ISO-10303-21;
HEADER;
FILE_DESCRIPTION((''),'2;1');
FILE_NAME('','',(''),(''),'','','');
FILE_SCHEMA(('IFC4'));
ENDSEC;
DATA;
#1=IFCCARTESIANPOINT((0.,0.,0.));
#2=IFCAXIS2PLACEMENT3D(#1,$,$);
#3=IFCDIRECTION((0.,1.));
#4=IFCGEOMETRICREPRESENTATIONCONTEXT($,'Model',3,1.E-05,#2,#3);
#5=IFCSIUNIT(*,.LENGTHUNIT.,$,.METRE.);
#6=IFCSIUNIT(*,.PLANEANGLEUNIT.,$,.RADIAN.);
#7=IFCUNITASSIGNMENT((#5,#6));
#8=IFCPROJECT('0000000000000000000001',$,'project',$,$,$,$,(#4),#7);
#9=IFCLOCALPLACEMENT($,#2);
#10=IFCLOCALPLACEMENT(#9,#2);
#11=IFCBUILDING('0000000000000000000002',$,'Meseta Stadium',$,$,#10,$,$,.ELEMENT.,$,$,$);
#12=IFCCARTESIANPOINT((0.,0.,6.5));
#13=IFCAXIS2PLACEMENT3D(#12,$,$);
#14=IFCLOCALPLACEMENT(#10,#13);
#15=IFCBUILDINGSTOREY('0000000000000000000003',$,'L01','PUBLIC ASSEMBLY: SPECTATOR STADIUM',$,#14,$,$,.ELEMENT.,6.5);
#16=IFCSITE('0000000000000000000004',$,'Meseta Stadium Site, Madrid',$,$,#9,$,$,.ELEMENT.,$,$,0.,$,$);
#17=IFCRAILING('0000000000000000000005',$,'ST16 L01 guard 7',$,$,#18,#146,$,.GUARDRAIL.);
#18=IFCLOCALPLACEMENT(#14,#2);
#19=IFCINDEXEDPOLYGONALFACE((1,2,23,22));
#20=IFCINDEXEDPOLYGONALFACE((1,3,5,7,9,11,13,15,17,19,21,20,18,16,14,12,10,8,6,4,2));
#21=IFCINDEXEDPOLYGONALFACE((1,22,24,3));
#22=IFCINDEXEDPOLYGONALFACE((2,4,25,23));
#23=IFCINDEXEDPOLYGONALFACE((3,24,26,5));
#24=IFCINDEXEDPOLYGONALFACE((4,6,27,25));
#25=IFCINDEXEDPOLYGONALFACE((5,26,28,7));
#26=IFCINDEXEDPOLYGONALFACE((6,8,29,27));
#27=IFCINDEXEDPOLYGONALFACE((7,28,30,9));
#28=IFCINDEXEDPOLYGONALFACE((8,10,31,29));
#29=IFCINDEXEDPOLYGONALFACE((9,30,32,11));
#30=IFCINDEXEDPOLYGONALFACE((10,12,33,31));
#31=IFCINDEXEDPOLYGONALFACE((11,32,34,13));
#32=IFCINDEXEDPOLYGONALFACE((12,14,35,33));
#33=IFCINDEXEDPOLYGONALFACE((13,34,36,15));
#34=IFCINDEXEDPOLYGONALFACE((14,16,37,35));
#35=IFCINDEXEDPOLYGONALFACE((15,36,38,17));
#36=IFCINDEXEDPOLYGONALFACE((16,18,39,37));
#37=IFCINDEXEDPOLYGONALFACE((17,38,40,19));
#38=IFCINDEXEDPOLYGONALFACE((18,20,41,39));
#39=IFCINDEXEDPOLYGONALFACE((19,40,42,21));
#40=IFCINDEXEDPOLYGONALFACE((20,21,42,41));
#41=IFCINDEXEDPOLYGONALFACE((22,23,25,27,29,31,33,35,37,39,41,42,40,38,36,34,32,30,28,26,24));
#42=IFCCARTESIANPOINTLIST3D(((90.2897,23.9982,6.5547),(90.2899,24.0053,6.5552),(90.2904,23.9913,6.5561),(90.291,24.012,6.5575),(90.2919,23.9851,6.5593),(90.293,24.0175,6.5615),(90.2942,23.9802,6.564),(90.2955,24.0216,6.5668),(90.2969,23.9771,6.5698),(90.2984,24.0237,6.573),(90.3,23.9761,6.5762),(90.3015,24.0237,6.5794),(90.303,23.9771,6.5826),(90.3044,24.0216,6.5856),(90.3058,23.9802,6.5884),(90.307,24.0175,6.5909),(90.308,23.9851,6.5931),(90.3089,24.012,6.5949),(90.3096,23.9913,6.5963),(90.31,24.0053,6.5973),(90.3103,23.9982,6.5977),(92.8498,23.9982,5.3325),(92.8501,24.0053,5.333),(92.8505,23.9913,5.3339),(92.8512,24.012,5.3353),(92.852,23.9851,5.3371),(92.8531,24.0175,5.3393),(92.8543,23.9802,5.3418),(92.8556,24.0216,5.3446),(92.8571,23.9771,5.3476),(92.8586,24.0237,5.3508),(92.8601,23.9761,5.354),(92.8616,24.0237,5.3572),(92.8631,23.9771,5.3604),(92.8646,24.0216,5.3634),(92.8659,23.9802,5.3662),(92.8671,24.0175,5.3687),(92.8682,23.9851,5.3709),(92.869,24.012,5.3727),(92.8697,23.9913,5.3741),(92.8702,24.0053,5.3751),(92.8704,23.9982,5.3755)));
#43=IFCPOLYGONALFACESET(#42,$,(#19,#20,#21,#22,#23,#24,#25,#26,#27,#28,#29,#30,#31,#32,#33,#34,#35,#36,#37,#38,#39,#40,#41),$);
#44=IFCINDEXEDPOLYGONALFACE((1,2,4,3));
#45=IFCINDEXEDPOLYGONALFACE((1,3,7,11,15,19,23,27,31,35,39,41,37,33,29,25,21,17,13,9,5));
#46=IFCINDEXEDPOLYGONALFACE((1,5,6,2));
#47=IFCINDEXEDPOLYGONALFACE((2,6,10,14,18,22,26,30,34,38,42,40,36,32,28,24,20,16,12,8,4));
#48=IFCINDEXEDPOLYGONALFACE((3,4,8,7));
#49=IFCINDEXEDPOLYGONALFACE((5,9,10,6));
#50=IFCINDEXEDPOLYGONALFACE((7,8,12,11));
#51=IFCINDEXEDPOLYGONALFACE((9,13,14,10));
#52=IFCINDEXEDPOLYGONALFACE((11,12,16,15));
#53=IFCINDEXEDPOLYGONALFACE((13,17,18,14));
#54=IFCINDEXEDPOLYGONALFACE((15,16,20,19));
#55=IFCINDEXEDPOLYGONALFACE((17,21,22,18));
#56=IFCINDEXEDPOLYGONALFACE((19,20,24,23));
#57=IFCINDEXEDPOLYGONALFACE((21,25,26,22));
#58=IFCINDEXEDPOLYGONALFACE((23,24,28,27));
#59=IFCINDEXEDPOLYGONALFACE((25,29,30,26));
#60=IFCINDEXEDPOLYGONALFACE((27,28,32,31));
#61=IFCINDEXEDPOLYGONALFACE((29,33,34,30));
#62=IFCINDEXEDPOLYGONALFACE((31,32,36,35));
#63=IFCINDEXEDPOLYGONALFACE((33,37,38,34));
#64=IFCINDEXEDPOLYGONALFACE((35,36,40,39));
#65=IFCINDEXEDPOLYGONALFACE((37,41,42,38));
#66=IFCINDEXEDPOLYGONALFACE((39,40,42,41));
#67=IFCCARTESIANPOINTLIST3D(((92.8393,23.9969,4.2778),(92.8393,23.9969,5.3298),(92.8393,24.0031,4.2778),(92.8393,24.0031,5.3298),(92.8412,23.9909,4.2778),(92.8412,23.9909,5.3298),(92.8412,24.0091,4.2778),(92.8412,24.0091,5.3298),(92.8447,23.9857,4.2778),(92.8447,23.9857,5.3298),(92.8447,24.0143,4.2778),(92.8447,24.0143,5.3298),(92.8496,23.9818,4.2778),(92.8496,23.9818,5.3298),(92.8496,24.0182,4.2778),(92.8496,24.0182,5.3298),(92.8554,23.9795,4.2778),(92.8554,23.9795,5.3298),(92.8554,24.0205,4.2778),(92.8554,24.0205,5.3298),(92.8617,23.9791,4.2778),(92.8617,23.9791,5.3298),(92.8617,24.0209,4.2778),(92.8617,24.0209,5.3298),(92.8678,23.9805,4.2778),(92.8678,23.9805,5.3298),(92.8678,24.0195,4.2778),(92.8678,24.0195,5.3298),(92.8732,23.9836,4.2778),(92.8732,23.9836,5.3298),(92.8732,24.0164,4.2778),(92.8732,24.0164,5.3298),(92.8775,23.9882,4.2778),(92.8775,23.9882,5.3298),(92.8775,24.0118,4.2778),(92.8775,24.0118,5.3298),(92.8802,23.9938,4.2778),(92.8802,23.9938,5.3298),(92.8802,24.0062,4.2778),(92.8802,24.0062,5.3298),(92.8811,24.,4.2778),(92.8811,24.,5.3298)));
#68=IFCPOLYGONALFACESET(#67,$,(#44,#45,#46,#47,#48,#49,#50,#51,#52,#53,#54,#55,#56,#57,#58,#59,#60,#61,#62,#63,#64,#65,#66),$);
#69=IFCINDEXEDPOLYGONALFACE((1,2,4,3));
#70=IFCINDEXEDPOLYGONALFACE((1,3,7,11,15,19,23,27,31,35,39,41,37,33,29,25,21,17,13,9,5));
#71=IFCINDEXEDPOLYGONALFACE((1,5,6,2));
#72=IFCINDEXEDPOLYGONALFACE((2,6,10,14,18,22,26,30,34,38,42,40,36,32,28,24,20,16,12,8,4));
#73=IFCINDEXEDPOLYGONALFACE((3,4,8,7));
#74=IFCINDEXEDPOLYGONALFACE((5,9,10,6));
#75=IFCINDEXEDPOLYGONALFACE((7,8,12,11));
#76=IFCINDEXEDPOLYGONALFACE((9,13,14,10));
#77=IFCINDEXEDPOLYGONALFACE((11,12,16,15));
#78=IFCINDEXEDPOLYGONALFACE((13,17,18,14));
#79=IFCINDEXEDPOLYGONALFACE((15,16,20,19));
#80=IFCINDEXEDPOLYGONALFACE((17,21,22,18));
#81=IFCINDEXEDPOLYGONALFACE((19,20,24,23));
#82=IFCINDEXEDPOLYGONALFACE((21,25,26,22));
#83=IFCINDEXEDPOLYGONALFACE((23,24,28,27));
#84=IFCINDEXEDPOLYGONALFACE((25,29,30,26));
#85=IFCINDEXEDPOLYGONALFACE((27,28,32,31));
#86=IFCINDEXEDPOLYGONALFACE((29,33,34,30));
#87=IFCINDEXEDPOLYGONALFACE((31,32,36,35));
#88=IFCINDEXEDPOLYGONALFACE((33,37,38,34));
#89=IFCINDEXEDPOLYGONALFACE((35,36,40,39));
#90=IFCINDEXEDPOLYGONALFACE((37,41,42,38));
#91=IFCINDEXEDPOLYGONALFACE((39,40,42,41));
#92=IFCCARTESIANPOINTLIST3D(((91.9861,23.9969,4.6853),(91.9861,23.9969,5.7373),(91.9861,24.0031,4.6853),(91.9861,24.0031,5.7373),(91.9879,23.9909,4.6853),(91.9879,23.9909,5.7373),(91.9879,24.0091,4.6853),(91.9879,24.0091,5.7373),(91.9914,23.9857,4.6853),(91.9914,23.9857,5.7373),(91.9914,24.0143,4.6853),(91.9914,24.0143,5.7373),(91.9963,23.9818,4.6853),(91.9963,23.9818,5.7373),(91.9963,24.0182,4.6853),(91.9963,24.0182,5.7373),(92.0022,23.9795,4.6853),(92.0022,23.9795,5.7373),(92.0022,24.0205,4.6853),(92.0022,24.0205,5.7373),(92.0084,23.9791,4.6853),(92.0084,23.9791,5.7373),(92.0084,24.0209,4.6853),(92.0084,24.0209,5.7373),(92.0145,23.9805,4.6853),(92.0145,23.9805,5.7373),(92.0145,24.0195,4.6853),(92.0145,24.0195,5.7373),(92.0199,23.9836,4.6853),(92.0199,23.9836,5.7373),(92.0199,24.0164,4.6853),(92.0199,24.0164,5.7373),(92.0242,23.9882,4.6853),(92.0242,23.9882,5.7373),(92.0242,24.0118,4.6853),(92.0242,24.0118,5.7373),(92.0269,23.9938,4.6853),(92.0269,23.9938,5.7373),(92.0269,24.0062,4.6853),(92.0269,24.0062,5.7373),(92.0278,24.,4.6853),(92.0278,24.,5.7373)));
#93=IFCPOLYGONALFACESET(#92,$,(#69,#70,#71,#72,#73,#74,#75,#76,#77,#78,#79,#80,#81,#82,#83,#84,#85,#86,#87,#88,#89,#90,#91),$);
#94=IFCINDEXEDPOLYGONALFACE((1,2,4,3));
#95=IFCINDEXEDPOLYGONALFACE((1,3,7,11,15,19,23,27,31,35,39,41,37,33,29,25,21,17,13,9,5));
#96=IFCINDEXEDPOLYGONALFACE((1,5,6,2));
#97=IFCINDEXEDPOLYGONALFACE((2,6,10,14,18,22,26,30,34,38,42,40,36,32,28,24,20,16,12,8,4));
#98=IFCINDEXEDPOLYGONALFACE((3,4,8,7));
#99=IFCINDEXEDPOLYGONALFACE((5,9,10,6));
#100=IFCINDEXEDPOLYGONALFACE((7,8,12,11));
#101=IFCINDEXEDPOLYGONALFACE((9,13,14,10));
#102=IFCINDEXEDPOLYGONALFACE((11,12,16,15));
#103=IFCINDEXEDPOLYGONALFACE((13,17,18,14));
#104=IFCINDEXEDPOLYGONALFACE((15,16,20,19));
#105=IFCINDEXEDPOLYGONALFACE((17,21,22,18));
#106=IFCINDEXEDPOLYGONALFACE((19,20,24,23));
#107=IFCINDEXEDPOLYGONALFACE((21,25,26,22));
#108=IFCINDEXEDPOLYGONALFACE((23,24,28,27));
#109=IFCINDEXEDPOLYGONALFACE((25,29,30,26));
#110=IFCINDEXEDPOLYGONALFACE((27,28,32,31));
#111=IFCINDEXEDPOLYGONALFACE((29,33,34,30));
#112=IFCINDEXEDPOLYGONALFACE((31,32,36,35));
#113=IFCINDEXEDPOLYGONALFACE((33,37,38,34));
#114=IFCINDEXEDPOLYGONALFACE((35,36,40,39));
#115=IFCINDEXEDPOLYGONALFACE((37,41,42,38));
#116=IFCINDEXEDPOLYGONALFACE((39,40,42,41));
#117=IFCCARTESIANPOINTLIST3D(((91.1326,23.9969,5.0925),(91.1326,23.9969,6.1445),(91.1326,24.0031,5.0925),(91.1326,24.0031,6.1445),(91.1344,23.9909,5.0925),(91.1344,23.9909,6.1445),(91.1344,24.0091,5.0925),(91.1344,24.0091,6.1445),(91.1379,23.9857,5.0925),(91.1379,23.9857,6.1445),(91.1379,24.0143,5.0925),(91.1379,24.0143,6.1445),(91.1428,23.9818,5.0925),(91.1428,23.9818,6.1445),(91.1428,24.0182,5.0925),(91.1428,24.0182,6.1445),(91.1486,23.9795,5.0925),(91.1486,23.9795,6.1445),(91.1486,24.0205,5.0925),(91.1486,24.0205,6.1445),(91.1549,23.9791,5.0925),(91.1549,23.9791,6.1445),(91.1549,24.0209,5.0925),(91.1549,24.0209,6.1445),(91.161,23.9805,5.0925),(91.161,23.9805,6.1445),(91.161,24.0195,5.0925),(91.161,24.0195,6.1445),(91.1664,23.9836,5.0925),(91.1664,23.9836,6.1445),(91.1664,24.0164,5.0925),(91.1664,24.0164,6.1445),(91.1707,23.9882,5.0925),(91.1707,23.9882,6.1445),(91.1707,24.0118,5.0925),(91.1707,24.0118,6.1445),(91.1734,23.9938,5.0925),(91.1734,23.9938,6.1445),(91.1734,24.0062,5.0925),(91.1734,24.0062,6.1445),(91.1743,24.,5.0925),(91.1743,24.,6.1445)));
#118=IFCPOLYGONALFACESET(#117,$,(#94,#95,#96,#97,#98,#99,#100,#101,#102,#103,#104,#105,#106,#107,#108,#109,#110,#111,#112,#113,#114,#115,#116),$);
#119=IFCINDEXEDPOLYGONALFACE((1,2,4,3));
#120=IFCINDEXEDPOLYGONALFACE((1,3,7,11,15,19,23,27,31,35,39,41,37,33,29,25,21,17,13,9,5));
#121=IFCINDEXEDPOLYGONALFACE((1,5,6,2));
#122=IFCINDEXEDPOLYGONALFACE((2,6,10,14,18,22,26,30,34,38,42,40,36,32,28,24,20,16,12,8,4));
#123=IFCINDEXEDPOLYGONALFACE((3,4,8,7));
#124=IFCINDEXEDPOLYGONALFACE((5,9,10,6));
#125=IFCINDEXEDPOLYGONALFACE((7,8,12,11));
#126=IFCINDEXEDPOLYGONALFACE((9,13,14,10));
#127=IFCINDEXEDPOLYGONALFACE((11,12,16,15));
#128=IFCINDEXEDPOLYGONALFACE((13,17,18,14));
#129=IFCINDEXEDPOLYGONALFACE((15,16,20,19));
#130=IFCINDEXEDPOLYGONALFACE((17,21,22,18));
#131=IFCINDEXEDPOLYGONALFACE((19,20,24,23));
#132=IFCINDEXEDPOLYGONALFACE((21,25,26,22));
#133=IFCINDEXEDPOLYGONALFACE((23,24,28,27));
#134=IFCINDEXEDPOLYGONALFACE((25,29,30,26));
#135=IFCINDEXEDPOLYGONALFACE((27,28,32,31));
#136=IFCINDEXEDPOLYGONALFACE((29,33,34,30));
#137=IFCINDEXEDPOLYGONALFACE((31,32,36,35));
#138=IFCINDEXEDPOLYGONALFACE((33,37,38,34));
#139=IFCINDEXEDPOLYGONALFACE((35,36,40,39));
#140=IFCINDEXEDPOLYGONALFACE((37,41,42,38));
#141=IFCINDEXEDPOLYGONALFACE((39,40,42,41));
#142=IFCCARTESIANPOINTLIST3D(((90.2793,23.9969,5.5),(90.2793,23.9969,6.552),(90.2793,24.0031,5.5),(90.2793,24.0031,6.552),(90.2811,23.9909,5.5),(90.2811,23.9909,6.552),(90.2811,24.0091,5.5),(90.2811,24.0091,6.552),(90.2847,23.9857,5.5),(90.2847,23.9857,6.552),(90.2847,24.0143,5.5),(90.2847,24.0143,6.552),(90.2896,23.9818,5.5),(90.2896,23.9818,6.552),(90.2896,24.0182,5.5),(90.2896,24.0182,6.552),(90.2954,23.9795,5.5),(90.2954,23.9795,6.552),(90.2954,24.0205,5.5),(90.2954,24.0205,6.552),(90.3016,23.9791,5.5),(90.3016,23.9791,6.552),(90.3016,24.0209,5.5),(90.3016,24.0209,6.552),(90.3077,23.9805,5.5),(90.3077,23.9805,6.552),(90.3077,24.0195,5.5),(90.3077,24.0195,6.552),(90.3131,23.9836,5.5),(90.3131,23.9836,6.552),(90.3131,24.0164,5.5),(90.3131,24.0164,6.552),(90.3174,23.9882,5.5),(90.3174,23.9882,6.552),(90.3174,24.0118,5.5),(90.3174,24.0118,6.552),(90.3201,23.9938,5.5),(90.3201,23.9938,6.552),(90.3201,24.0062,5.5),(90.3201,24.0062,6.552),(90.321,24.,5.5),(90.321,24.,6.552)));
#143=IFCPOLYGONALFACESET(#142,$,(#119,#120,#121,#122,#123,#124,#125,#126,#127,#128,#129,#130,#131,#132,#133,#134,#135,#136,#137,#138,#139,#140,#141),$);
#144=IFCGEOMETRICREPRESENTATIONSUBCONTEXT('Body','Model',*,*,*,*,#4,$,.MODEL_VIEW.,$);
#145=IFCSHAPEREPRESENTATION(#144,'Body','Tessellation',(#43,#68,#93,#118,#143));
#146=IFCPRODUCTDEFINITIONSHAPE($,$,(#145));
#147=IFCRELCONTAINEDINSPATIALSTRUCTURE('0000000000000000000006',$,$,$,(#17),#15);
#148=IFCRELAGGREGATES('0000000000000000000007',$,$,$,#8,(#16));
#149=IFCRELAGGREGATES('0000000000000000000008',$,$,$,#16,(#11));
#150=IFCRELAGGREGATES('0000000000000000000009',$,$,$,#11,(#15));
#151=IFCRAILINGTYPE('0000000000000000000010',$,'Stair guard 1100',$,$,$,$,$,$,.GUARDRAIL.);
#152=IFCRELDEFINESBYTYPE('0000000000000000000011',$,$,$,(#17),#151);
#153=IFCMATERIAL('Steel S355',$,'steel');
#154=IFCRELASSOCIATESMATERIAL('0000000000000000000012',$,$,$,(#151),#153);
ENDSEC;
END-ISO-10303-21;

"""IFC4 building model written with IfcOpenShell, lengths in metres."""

from ifc_helpers import new_model, si_unit, direction, frame, origin, origin_2d, place, context, subcontext, project, spatial, circle, extrude, material, type_object, element, save


model = new_model("IFC4")

# Units and contexts
model_context = context("Model", 3, precision=1e-05, world=origin(), true_north=direction((0.0, 1.0)))
body_context = subcontext(model_context, "Body", "Model", "MODEL_VIEW")
ifc_project = project(units=[si_unit("LENGTHUNIT", "METRE"), si_unit("PLANEANGLEUNIT", "RADIAN")], contexts=[model_context])

# Site, building, storey
site_placement = place(None, origin())
site = spatial("IfcSite", under=ifc_project, at=site_placement, Name="Meseta Stadium Site, Madrid", CompositionType="ELEMENT", RefElevation=0.0)
building_placement = place(site_placement, origin())
building = spatial("IfcBuilding", under=site, at=building_placement, Name="Meseta Stadium", CompositionType="ELEMENT")
storey_placement = place(building_placement, frame((0.0, 0.0, 6.5)))
storey = spatial("IfcBuildingStorey", under=building, at=storey_placement, Name="L01", Description="PUBLIC ASSEMBLY: SPECTATOR STADIUM", CompositionType="ELEMENT", Elevation=6.5)

# Railing
ifc_material_1 = material(Name="Steel S355", Category="steel")
railing_type_1 = type_object("IfcRailingType", Name="Stair guard 1100", PredefinedType="GUARDRAIL", material=ifc_material_1)
railing_1_placement = place(storey_placement, frame((92.8601, 24.0, 4.2778)))
element("IfcRailing", 1, at=railing_1_placement, inside=storey, type_object=railing_type_1, Name="ST16 L01 guard 7", PredefinedType="GUARDRAIL", context=body_context, shape_type="SweptSolid", body=[
    extrude(circle(Radius=0.0239, at=origin_2d()), frame((0.0, 0.0, 1.0762), z_axis=(-0.902437, 0.0, 0.430822), x_axis=(0.0, -1.0, 0.0)), (0.0, 0.0, 1.0), 2.8369),
    extrude(circle(Radius=0.021, at=origin_2d()), origin(), (0.0, 0.0, 1.0), 1.052),
    extrude(circle(Radius=0.021, at=origin_2d()), frame((-0.8533, 0.0, 0.4075)), (0.0, 0.0, 1.0), 1.052),
    extrude(circle(Radius=0.021, at=origin_2d()), frame((-1.7068, 0.0, 0.8147)), (0.0, 0.0, 1.0), 1.052),
    extrude(circle(Radius=0.021, at=origin_2d()), frame((-2.5601, 0.0, 1.2222)), (0.0, 0.0, 1.0), 1.052),
])

save(model, "model.ifc")
